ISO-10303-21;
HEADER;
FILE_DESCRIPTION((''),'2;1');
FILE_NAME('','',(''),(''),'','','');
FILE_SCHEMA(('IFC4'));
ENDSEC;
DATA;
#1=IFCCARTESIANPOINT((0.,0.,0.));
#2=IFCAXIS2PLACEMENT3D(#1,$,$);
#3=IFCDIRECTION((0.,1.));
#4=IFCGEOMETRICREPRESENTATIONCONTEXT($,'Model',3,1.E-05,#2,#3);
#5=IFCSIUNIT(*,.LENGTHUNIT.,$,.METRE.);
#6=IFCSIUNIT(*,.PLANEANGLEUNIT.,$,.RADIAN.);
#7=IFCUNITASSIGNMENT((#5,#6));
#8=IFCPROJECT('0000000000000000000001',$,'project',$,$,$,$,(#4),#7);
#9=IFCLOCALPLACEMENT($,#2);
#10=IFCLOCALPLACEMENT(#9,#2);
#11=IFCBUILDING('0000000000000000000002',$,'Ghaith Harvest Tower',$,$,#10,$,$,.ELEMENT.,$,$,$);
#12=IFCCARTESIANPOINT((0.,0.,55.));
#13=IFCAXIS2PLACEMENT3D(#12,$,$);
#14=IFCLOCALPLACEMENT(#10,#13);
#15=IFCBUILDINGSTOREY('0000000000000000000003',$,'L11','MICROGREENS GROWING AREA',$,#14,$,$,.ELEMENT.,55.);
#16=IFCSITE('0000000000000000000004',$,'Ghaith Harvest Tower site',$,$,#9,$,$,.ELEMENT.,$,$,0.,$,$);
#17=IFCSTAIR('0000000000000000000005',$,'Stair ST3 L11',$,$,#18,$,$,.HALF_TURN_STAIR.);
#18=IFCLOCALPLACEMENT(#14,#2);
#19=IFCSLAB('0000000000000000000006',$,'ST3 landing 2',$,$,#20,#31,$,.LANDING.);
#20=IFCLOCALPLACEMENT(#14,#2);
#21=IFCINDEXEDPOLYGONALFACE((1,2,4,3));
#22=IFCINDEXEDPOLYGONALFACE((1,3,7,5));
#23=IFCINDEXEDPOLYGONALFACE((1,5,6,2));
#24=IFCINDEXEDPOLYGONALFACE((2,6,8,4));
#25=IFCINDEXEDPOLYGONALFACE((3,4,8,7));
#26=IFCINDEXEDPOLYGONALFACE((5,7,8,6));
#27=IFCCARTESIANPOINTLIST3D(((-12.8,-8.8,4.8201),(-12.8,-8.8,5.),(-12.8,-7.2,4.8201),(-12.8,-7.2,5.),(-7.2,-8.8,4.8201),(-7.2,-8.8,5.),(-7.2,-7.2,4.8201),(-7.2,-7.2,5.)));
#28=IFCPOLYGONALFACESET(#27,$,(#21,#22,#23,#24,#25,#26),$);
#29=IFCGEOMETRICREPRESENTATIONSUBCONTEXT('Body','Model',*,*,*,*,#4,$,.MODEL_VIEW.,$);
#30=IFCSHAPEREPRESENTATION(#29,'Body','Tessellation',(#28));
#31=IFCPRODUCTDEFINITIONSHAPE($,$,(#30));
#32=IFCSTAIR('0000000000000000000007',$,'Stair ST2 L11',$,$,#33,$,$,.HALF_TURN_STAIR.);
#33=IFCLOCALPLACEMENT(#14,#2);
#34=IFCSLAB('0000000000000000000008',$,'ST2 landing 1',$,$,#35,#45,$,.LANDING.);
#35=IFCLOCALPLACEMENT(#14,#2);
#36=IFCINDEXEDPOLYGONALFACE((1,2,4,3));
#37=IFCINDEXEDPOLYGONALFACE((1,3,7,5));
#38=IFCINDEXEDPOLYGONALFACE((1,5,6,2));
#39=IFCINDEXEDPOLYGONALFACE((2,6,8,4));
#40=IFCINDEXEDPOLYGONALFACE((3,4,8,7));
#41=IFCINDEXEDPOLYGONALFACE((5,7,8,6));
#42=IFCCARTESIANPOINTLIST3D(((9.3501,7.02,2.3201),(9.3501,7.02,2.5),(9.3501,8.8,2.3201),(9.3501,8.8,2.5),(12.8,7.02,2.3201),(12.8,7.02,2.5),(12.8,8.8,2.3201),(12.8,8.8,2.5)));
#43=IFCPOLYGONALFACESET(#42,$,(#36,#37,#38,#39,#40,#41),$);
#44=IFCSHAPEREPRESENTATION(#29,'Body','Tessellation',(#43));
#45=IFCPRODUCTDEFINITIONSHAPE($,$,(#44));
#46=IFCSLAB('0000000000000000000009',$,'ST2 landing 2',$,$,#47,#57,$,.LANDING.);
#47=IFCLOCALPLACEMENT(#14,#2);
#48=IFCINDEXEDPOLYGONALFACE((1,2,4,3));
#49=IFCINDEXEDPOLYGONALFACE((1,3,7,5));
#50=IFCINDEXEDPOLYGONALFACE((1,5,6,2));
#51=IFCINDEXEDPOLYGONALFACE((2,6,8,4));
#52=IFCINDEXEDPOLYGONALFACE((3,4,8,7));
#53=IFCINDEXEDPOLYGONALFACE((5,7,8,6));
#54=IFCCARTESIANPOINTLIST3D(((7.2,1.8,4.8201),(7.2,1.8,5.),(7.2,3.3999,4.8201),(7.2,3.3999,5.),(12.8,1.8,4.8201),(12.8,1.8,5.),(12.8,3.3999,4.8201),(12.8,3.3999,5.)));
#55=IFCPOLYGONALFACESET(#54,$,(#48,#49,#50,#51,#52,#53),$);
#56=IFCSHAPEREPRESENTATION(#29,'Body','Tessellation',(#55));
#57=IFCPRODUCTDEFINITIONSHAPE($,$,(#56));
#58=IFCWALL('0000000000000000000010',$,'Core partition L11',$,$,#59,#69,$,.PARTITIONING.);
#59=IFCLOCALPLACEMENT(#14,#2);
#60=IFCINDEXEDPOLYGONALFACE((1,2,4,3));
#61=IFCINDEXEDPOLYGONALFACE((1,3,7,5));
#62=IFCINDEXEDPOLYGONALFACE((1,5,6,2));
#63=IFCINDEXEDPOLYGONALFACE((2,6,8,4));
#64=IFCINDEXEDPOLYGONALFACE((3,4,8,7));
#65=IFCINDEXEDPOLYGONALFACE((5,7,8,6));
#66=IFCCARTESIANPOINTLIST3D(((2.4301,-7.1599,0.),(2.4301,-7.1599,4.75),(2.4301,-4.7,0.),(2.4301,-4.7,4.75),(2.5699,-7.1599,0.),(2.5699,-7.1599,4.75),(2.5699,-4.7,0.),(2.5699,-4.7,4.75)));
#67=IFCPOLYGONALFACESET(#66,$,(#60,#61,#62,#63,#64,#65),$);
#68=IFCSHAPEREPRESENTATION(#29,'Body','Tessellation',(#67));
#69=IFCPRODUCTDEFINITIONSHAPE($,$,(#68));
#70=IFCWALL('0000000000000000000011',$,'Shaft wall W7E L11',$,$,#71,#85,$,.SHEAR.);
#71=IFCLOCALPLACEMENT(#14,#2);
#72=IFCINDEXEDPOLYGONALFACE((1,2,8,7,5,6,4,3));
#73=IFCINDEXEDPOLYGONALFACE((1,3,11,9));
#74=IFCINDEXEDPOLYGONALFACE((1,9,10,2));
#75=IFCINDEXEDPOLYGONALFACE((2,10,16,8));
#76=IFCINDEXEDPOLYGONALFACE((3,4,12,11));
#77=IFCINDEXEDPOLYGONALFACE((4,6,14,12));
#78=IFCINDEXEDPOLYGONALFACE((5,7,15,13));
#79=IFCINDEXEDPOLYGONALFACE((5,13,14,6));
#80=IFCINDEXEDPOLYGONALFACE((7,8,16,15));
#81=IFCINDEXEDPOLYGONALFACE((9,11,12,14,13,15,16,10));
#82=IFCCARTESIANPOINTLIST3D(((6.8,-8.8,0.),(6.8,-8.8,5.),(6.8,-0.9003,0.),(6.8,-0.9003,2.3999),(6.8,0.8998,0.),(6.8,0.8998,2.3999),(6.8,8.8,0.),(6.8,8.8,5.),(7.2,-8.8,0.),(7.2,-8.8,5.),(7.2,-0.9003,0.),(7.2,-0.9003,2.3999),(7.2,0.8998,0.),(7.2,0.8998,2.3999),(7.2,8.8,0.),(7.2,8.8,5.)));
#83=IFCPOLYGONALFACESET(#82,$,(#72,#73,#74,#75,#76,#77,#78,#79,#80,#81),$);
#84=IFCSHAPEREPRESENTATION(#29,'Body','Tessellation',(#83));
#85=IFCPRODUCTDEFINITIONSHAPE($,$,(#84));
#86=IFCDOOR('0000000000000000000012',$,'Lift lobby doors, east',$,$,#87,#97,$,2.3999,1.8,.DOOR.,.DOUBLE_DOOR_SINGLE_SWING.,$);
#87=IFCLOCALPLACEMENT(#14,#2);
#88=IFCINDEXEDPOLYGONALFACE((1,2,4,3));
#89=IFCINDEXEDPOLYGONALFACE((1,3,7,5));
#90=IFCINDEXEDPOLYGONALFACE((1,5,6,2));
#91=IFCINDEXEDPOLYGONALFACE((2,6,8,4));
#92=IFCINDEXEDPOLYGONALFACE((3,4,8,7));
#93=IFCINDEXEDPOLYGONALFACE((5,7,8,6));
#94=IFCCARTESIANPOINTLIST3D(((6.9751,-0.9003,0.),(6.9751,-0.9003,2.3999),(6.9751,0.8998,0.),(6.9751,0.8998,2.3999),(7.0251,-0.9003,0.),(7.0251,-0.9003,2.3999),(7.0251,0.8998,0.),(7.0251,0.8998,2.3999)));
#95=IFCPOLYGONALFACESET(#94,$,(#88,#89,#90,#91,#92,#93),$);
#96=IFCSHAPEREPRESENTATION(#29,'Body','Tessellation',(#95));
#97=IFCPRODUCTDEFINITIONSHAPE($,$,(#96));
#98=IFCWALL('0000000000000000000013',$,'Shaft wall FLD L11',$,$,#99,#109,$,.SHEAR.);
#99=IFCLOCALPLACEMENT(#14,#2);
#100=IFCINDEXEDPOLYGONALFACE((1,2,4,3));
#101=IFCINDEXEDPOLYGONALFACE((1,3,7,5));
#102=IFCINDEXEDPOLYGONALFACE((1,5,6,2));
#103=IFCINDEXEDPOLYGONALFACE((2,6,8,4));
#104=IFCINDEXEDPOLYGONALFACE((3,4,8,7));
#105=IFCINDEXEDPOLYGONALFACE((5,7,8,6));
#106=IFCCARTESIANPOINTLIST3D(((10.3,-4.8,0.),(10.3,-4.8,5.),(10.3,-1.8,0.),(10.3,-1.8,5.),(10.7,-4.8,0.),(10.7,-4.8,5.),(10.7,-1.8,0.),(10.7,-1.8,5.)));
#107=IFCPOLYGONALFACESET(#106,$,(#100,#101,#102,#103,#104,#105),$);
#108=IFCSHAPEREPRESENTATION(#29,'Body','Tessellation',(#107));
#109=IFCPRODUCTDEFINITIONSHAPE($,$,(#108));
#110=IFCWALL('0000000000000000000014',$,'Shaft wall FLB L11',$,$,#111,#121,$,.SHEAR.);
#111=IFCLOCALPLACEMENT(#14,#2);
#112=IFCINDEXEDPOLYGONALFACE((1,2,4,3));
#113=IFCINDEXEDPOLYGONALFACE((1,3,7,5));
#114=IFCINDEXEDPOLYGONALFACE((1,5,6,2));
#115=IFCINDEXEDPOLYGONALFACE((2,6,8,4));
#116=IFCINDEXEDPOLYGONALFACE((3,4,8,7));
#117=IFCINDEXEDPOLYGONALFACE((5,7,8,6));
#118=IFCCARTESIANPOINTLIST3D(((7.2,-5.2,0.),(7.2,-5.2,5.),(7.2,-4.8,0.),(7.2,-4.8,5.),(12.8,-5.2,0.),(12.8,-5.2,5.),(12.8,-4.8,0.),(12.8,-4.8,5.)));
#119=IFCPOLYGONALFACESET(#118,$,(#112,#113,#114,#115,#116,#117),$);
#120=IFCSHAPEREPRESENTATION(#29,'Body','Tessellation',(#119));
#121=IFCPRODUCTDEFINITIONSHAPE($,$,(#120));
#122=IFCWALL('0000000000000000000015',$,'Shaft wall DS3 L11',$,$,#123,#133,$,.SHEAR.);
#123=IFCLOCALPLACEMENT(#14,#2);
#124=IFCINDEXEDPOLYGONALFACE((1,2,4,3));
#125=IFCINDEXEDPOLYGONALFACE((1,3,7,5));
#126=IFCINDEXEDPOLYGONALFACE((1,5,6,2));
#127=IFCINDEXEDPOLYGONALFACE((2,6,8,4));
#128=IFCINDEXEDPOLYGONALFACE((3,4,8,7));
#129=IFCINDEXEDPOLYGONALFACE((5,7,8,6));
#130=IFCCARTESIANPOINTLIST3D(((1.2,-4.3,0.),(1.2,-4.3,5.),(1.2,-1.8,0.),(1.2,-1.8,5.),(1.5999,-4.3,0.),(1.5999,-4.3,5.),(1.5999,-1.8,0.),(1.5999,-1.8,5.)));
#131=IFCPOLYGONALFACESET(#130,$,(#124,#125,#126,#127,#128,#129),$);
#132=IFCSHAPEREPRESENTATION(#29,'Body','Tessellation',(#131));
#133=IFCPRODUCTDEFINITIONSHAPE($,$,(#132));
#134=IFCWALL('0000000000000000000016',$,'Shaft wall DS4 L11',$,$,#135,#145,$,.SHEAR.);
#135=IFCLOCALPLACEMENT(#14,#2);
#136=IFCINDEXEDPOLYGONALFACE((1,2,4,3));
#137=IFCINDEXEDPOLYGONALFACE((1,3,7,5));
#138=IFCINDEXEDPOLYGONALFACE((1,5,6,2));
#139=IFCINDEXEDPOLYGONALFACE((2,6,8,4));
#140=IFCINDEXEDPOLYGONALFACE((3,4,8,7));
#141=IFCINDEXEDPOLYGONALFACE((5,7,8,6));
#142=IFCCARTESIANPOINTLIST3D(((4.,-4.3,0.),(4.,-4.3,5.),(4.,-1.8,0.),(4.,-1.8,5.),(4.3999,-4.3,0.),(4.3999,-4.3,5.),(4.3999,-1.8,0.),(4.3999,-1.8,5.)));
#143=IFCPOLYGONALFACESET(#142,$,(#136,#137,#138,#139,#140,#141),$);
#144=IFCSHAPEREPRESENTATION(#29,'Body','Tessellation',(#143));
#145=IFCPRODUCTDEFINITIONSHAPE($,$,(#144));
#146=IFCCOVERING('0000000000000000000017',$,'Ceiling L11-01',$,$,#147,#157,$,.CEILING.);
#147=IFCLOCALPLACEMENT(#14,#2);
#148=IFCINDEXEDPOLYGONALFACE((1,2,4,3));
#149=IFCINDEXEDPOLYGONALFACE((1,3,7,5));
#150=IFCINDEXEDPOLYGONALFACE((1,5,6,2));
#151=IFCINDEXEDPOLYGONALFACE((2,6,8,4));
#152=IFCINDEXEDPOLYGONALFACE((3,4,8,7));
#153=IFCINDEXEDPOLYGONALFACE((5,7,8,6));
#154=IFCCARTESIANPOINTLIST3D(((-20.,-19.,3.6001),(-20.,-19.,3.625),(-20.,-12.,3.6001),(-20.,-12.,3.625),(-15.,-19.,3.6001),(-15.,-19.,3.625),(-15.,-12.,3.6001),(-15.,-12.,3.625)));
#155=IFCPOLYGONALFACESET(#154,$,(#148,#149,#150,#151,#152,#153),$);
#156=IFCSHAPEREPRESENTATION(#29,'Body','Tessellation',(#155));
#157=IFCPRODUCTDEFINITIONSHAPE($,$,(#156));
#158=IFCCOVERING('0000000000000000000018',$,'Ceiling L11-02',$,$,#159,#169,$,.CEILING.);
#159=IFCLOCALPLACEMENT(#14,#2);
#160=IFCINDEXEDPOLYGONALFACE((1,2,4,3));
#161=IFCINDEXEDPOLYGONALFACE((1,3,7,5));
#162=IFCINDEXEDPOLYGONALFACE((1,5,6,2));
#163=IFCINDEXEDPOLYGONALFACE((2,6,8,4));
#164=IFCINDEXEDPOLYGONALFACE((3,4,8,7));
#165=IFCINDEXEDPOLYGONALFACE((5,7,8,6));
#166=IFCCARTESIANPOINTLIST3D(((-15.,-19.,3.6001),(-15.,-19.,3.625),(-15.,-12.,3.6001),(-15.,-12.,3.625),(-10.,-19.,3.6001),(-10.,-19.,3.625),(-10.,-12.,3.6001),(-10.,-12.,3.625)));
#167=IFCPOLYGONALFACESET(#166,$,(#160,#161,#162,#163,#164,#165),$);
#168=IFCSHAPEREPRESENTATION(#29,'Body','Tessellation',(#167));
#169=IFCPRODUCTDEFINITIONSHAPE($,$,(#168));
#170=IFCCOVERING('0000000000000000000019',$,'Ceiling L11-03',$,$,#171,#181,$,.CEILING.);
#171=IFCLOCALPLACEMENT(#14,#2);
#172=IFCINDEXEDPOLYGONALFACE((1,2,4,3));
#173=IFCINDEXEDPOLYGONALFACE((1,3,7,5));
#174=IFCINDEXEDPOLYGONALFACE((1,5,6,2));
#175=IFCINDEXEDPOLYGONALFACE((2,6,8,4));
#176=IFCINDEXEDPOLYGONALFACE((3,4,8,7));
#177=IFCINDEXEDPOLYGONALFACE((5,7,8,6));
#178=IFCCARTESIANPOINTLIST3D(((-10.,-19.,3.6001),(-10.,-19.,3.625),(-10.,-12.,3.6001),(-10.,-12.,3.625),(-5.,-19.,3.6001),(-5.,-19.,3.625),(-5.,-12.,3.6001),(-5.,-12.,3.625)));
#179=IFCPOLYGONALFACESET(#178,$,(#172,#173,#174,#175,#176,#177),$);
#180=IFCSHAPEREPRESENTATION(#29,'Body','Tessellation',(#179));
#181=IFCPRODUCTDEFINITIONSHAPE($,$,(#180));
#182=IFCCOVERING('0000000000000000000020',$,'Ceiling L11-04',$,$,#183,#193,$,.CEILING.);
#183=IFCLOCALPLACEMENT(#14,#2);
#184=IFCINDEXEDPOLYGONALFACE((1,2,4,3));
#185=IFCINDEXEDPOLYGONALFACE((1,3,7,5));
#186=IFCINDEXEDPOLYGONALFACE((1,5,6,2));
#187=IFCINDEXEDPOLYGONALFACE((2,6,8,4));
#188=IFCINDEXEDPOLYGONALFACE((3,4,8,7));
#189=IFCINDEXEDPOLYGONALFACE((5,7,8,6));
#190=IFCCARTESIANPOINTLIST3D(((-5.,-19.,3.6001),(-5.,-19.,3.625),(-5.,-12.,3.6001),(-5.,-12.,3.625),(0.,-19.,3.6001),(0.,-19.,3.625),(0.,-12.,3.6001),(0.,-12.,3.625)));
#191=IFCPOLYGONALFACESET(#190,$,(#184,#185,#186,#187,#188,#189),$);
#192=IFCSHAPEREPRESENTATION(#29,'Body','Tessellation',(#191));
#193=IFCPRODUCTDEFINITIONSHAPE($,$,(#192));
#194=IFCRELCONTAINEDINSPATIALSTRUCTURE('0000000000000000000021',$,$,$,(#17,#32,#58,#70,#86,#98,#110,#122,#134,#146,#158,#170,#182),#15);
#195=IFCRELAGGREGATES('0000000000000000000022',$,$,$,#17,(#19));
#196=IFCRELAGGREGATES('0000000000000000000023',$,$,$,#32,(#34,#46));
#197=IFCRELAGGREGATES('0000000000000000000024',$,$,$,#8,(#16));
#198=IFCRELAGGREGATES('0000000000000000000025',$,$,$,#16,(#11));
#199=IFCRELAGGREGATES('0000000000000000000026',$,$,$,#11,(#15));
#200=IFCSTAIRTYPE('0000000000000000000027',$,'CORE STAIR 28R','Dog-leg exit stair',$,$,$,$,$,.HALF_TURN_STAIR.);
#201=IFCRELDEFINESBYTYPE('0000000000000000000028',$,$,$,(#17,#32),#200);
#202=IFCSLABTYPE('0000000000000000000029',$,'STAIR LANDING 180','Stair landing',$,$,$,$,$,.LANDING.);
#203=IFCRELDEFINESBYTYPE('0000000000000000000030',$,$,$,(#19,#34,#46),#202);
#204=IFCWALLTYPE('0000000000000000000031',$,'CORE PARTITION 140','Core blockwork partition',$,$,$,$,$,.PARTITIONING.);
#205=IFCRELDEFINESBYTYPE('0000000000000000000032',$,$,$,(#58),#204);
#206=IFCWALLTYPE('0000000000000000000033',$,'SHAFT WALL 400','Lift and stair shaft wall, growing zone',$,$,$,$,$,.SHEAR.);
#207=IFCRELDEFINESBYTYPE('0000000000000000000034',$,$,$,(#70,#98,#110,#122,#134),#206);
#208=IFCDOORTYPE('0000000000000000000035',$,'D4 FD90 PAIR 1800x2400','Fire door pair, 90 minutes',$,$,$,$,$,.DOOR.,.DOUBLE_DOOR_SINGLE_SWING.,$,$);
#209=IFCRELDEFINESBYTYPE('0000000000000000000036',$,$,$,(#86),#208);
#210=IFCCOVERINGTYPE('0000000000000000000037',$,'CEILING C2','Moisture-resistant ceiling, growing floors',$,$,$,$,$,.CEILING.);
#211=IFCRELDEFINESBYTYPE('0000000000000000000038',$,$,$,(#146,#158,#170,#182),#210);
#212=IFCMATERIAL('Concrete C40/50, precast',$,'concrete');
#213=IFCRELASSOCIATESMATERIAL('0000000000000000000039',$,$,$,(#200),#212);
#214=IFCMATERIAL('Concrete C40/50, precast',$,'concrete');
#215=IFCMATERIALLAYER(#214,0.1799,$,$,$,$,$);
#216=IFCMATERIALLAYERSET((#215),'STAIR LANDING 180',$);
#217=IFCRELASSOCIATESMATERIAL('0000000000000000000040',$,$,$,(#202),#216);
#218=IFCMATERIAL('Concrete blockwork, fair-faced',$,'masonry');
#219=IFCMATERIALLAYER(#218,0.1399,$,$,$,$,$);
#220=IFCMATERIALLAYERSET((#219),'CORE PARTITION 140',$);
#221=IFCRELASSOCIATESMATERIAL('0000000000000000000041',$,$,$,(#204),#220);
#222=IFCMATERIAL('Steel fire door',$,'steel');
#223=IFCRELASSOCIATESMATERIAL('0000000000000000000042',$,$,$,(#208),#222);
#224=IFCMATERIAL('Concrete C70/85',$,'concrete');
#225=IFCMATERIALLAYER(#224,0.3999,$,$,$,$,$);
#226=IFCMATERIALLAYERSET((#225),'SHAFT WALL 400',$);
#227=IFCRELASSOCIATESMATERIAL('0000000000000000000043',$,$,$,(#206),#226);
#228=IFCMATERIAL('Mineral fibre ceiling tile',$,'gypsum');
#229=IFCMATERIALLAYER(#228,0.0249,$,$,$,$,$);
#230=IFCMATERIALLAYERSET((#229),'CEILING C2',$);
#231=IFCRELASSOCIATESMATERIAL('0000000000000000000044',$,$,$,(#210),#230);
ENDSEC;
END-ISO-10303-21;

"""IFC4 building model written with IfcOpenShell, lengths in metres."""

from ifc_helpers import new_model, si_unit, direction, frame, frame_2d, origin, place, context, subcontext, project, spatial, polyline, rectangle, outline, extrude, material, layer, layer_set, type_object, element, fill, aggregate, save


model = new_model("IFC4")

# Units and contexts
model_context = context("Model", 3, precision=1e-05, world=origin(), true_north=direction((0.0, 1.0)))
body_context = subcontext(model_context, "Body", "Model", "MODEL_VIEW")
ifc_project = project(units=[si_unit("LENGTHUNIT", "METRE"), si_unit("PLANEANGLEUNIT", "RADIAN")], contexts=[model_context])

# Site, building, storey
site_placement = place(None, origin())
site = spatial("IfcSite", under=ifc_project, at=site_placement, Name="Ghaith Harvest Tower site", CompositionType="ELEMENT", RefElevation=0.0)
building_placement = place(site_placement, origin())
building = spatial("IfcBuilding", under=site, at=building_placement, Name="Ghaith Harvest Tower", CompositionType="ELEMENT")
storey_placement = place(building_placement, frame((0.0, 0.0, 55.0)))
storey = spatial("IfcBuildingStorey", under=building, at=storey_placement, Name="L11", Description="MICROGREENS GROWING AREA", CompositionType="ELEMENT", Elevation=55.0)

# Stair, slab
ifc_material_1 = material(Name="Concrete C40/50, precast", Category="concrete")
stair_type = type_object("IfcStairType", Name="CORE STAIR 28R", Description="Dog-leg exit stair", PredefinedType="HALF_TURN_STAIR", material=ifc_material_1)
stair_1_placement = place(storey_placement, origin())
stair_1 = element("IfcStair", 1, at=stair_1_placement, inside=storey, type_object=stair_type, Name="Stair ST3 L11", PredefinedType="HALF_TURN_STAIR")
ifc_material_2 = material(Name="Concrete C40/50, precast", Category="concrete")
ifc_layer_1 = layer(ifc_material_2, 0.1799)
ifc_layer_set_1 = layer_set([ifc_layer_1], Name="STAIR LANDING 180")
slab_type = type_object("IfcSlabType", Name="STAIR LANDING 180", Description="Stair landing", PredefinedType="LANDING", material=ifc_layer_set_1)
slab_1_placement = place(storey_placement, frame((0.0, 0.0, 4.8201)))
slab_1 = element("IfcSlab", 2, at=slab_1_placement, type_object=slab_type, Name="ST3 landing 2", PredefinedType="LANDING", context=body_context, shape_type="SweptSolid", body=[
    extrude(outline(polyline([(-12.8, -8.8), (-12.8, -7.2), (-7.2, -7.2), (-7.2, -8.8), (-12.8, -8.8)])), origin(), (0.0, 0.0, 1.0), 0.1799),
])
aggregate(stair_1, [slab_1])

# Stair, slabs
stair_2_placement = place(storey_placement, origin())
stair_2 = element("IfcStair", 3, at=stair_2_placement, inside=storey, type_object=stair_type, Name="Stair ST2 L11", PredefinedType="HALF_TURN_STAIR")
slab_2_placement = place(storey_placement, frame((0.0, 0.0, 2.3201)))
slab_2 = element("IfcSlab", 4, at=slab_2_placement, type_object=slab_type, Name="ST2 landing 1", PredefinedType="LANDING", context=body_context, shape_type="SweptSolid", body=[
    extrude(outline(polyline([(12.8, 7.02), (12.8, 8.8), (9.3501, 8.8), (9.3501, 7.02), (12.8, 7.02)])), origin(), (0.0, 0.0, 1.0), 0.1799),
])
slab_3_placement = place(storey_placement, frame((0.0, 0.0, 4.8201)))
slab_3 = element("IfcSlab", 5, at=slab_3_placement, type_object=slab_type, Name="ST2 landing 2", PredefinedType="LANDING", context=body_context, shape_type="SweptSolid", body=[
    extrude(outline(polyline([(12.8, 1.8), (12.8, 3.3999), (7.2, 3.3999), (7.2, 1.8), (12.8, 1.8)])), origin(), (0.0, 0.0, 1.0), 0.1799),
])
aggregate(stair_2, [slab_2, slab_3])

# Wall
ifc_material_3 = material(Name="Concrete blockwork, fair-faced", Category="masonry")
ifc_layer_2 = layer(ifc_material_3, 0.1399)
ifc_layer_set_2 = layer_set([ifc_layer_2], Name="CORE PARTITION 140")
wall_type_1 = type_object("IfcWallType", Name="CORE PARTITION 140", Description="Core blockwork partition", PredefinedType="PARTITIONING", material=ifc_layer_set_2)
wall_1_placement = place(storey_placement, frame((2.5, -4.7, 0.0), z_axis=(0.0, 0.0, 1.0), x_axis=(0.0, -1.0, 0.0)))
element("IfcWall", 6, at=wall_1_placement, inside=storey, type_object=wall_type_1, Name="Core partition L11", PredefinedType="PARTITIONING", context=body_context, shape_type="SweptSolid", body=[
    extrude(rectangle(XDim=2.46, YDim=0.1399, at=frame_2d((1.23, 0.0))), origin(), (0.0, 0.0, 1.0), 4.75),
])

# Wall, opening, door
ifc_material_4 = material(Name="Steel fire door", Category="steel")
door_type_1 = type_object("IfcDoorType", Name="D4 FD90 PAIR 1800x2400", Description="Fire door pair, 90 minutes", OperationType="DOUBLE_DOOR_SINGLE_SWING", PredefinedType="DOOR", material=ifc_material_4)
ifc_material_5 = material(Name="Concrete C70/85", Category="concrete")
ifc_layer_3 = layer(ifc_material_5, 0.3999)
ifc_layer_set_3 = layer_set([ifc_layer_3], Name="SHAFT WALL 400")
wall_type_2 = type_object("IfcWallType", Name="SHAFT WALL 400", Description="Lift and stair shaft wall, growing zone", PredefinedType="SHEAR", material=ifc_layer_set_3)
wall_2_placement = place(storey_placement, frame((7.0, -8.8, 0.0), z_axis=(0.0, 0.0, 1.0), x_axis=(0.0, 1.0, 0.0)))
wall_2 = element("IfcWall", 7, at=wall_2_placement, inside=storey, type_object=wall_type_2, Name="Shaft wall W7E L11", PredefinedType="SHEAR", context=body_context, shape_type="SweptSolid", body=[
    extrude(rectangle(XDim=17.6001, YDim=0.3999, at=frame_2d((8.8, 0.0))), origin(), (0.0, 0.0, 1.0), 5.0),
])
opening_1_placement = place(wall_2_placement, frame((7.8999, 0.0, 0.0)))
opening_1 = element("IfcOpeningElement", 8, at=opening_1_placement, cuts=wall_2, PredefinedType="OPENING", context=body_context, shape_type="SweptSolid", body=[
    extrude(rectangle(XDim=1.8, YDim=2.3999, at=frame_2d((0.8999, 1.2))), frame((0.0, 0.21, 0.0), z_axis=(0.0, -1.0, 0.0), x_axis=(1.0, 0.0, 0.0)), (0.0, 0.0, 1.0), 0.4199),
])
door_1_placement = place(opening_1_placement, origin())
door_1 = element("IfcDoor", 9, at=door_1_placement, inside=storey, type_object=door_type_1, Name="Lift lobby doors, east", OperationType="DOUBLE_DOOR_SINGLE_SWING", OverallHeight=2.3999, OverallWidth=1.8, PredefinedType="DOOR", context=body_context, shape_type="SweptSolid", body=[
    extrude(rectangle(XDim=1.8, YDim=2.3999, at=frame_2d((0.8999, 1.2))), frame((0.0, 0.0249, 0.0), z_axis=(0.0, -1.0, 0.0), x_axis=(1.0, 0.0, 0.0)), (0.0, 0.0, 1.0), 0.05),
])
fill(opening_1, door_1)

# Walls
wall_3_placement = place(storey_placement, frame((10.5, -4.8, 0.0), z_axis=(0.0, 0.0, 1.0), x_axis=(0.0, 1.0, 0.0)))
element("IfcWall", 10, at=wall_3_placement, inside=storey, type_object=wall_type_2, Name="Shaft wall FLD L11", PredefinedType="SHEAR", context=body_context, shape_type="SweptSolid", body=[
    extrude(rectangle(XDim=3.0, YDim=0.3999, at=frame_2d((1.5, 0.0))), origin(), (0.0, 0.0, 1.0), 5.0),
])
wall_4_placement = place(storey_placement, frame((7.2, -5.0, 0.0), z_axis=(0.0, 0.0, 1.0), x_axis=(1.0, 0.0, 0.0)))
element("IfcWall", 11, at=wall_4_placement, inside=storey, type_object=wall_type_2, Name="Shaft wall FLB L11", PredefinedType="SHEAR", context=body_context, shape_type="SweptSolid", body=[
    extrude(rectangle(XDim=5.6001, YDim=0.3999, at=frame_2d((2.8, 0.0))), origin(), (0.0, 0.0, 1.0), 5.0),
])
for number, where, z_axis, x_axis, name in (
    (12, (1.3999, -4.3, 0.0), (0.0, 0.0, 1.0), (0.0, 1.0, 0.0), "Shaft wall DS3 L11"),
    (13, (4.2, -4.3, 0.0), (0.0, 0.0, 1.0), (0.0, 1.0, 0.0), "Shaft wall DS4 L11"),
):
    element("IfcWall", number, at=place(storey_placement, frame(where, z_axis=z_axis, x_axis=x_axis)), inside=storey, type_object=wall_type_2, Name=name, PredefinedType="SHEAR", context=body_context, shape_type="SweptSolid", body=[
        extrude(rectangle(XDim=2.5, YDim=0.3999, at=frame_2d((1.25, 0.0))), origin(), (0.0, 0.0, 1.0), 5.0),
    ])

# Coverings
ifc_material_6 = material(Name="Mineral fibre ceiling tile", Category="gypsum")
ifc_layer_4 = layer(ifc_material_6, 0.0249)
ifc_layer_set_4 = layer_set([ifc_layer_4], Name="CEILING C2")
covering_type = type_object("IfcCoveringType", Name="CEILING C2", Description="Moisture-resistant ceiling, growing floors", PredefinedType="CEILING", material=ifc_layer_set_4)
covering_1_placement = place(storey_placement, frame((0.0, 0.0, 3.6001)))
element("IfcCovering", 14, at=covering_1_placement, inside=storey, type_object=covering_type, Name="Ceiling L11-01", PredefinedType="CEILING", context=body_context, shape_type="SweptSolid", body=[
    extrude(outline(polyline([(-20.0, -19.0), (-15.0, -19.0), (-15.0, -12.0), (-20.0, -12.0), (-20.0, -19.0)])), origin(), (0.0, 0.0, 1.0), 0.0249),
])
covering_2_placement = place(storey_placement, frame((0.0, 0.0, 3.6001)))
element("IfcCovering", 15, at=covering_2_placement, inside=storey, type_object=covering_type, Name="Ceiling L11-02", PredefinedType="CEILING", context=body_context, shape_type="SweptSolid", body=[
    extrude(outline(polyline([(-15.0, -19.0), (-10.0, -19.0), (-10.0, -12.0), (-15.0, -12.0), (-15.0, -19.0)])), origin(), (0.0, 0.0, 1.0), 0.0249),
])
covering_3_placement = place(storey_placement, frame((0.0, 0.0, 3.6001)))
element("IfcCovering", 16, at=covering_3_placement, inside=storey, type_object=covering_type, Name="Ceiling L11-03", PredefinedType="CEILING", context=body_context, shape_type="SweptSolid", body=[
    extrude(outline(polyline([(-10.0, -19.0), (-5.0, -19.0), (-5.0, -12.0), (-10.0, -12.0), (-10.0, -19.0)])), origin(), (0.0, 0.0, 1.0), 0.0249),
])
covering_4_placement = place(storey_placement, frame((0.0, 0.0, 3.6001)))
element("IfcCovering", 17, at=covering_4_placement, inside=storey, type_object=covering_type, Name="Ceiling L11-04", PredefinedType="CEILING", context=body_context, shape_type="SweptSolid", body=[
    extrude(outline(polyline([(-5.0, -19.0), (0.0, -19.0), (0.0, -12.0), (-5.0, -12.0), (-5.0, -19.0)])), origin(), (0.0, 0.0, 1.0), 0.0249),
])

save(model, "model.ifc")
